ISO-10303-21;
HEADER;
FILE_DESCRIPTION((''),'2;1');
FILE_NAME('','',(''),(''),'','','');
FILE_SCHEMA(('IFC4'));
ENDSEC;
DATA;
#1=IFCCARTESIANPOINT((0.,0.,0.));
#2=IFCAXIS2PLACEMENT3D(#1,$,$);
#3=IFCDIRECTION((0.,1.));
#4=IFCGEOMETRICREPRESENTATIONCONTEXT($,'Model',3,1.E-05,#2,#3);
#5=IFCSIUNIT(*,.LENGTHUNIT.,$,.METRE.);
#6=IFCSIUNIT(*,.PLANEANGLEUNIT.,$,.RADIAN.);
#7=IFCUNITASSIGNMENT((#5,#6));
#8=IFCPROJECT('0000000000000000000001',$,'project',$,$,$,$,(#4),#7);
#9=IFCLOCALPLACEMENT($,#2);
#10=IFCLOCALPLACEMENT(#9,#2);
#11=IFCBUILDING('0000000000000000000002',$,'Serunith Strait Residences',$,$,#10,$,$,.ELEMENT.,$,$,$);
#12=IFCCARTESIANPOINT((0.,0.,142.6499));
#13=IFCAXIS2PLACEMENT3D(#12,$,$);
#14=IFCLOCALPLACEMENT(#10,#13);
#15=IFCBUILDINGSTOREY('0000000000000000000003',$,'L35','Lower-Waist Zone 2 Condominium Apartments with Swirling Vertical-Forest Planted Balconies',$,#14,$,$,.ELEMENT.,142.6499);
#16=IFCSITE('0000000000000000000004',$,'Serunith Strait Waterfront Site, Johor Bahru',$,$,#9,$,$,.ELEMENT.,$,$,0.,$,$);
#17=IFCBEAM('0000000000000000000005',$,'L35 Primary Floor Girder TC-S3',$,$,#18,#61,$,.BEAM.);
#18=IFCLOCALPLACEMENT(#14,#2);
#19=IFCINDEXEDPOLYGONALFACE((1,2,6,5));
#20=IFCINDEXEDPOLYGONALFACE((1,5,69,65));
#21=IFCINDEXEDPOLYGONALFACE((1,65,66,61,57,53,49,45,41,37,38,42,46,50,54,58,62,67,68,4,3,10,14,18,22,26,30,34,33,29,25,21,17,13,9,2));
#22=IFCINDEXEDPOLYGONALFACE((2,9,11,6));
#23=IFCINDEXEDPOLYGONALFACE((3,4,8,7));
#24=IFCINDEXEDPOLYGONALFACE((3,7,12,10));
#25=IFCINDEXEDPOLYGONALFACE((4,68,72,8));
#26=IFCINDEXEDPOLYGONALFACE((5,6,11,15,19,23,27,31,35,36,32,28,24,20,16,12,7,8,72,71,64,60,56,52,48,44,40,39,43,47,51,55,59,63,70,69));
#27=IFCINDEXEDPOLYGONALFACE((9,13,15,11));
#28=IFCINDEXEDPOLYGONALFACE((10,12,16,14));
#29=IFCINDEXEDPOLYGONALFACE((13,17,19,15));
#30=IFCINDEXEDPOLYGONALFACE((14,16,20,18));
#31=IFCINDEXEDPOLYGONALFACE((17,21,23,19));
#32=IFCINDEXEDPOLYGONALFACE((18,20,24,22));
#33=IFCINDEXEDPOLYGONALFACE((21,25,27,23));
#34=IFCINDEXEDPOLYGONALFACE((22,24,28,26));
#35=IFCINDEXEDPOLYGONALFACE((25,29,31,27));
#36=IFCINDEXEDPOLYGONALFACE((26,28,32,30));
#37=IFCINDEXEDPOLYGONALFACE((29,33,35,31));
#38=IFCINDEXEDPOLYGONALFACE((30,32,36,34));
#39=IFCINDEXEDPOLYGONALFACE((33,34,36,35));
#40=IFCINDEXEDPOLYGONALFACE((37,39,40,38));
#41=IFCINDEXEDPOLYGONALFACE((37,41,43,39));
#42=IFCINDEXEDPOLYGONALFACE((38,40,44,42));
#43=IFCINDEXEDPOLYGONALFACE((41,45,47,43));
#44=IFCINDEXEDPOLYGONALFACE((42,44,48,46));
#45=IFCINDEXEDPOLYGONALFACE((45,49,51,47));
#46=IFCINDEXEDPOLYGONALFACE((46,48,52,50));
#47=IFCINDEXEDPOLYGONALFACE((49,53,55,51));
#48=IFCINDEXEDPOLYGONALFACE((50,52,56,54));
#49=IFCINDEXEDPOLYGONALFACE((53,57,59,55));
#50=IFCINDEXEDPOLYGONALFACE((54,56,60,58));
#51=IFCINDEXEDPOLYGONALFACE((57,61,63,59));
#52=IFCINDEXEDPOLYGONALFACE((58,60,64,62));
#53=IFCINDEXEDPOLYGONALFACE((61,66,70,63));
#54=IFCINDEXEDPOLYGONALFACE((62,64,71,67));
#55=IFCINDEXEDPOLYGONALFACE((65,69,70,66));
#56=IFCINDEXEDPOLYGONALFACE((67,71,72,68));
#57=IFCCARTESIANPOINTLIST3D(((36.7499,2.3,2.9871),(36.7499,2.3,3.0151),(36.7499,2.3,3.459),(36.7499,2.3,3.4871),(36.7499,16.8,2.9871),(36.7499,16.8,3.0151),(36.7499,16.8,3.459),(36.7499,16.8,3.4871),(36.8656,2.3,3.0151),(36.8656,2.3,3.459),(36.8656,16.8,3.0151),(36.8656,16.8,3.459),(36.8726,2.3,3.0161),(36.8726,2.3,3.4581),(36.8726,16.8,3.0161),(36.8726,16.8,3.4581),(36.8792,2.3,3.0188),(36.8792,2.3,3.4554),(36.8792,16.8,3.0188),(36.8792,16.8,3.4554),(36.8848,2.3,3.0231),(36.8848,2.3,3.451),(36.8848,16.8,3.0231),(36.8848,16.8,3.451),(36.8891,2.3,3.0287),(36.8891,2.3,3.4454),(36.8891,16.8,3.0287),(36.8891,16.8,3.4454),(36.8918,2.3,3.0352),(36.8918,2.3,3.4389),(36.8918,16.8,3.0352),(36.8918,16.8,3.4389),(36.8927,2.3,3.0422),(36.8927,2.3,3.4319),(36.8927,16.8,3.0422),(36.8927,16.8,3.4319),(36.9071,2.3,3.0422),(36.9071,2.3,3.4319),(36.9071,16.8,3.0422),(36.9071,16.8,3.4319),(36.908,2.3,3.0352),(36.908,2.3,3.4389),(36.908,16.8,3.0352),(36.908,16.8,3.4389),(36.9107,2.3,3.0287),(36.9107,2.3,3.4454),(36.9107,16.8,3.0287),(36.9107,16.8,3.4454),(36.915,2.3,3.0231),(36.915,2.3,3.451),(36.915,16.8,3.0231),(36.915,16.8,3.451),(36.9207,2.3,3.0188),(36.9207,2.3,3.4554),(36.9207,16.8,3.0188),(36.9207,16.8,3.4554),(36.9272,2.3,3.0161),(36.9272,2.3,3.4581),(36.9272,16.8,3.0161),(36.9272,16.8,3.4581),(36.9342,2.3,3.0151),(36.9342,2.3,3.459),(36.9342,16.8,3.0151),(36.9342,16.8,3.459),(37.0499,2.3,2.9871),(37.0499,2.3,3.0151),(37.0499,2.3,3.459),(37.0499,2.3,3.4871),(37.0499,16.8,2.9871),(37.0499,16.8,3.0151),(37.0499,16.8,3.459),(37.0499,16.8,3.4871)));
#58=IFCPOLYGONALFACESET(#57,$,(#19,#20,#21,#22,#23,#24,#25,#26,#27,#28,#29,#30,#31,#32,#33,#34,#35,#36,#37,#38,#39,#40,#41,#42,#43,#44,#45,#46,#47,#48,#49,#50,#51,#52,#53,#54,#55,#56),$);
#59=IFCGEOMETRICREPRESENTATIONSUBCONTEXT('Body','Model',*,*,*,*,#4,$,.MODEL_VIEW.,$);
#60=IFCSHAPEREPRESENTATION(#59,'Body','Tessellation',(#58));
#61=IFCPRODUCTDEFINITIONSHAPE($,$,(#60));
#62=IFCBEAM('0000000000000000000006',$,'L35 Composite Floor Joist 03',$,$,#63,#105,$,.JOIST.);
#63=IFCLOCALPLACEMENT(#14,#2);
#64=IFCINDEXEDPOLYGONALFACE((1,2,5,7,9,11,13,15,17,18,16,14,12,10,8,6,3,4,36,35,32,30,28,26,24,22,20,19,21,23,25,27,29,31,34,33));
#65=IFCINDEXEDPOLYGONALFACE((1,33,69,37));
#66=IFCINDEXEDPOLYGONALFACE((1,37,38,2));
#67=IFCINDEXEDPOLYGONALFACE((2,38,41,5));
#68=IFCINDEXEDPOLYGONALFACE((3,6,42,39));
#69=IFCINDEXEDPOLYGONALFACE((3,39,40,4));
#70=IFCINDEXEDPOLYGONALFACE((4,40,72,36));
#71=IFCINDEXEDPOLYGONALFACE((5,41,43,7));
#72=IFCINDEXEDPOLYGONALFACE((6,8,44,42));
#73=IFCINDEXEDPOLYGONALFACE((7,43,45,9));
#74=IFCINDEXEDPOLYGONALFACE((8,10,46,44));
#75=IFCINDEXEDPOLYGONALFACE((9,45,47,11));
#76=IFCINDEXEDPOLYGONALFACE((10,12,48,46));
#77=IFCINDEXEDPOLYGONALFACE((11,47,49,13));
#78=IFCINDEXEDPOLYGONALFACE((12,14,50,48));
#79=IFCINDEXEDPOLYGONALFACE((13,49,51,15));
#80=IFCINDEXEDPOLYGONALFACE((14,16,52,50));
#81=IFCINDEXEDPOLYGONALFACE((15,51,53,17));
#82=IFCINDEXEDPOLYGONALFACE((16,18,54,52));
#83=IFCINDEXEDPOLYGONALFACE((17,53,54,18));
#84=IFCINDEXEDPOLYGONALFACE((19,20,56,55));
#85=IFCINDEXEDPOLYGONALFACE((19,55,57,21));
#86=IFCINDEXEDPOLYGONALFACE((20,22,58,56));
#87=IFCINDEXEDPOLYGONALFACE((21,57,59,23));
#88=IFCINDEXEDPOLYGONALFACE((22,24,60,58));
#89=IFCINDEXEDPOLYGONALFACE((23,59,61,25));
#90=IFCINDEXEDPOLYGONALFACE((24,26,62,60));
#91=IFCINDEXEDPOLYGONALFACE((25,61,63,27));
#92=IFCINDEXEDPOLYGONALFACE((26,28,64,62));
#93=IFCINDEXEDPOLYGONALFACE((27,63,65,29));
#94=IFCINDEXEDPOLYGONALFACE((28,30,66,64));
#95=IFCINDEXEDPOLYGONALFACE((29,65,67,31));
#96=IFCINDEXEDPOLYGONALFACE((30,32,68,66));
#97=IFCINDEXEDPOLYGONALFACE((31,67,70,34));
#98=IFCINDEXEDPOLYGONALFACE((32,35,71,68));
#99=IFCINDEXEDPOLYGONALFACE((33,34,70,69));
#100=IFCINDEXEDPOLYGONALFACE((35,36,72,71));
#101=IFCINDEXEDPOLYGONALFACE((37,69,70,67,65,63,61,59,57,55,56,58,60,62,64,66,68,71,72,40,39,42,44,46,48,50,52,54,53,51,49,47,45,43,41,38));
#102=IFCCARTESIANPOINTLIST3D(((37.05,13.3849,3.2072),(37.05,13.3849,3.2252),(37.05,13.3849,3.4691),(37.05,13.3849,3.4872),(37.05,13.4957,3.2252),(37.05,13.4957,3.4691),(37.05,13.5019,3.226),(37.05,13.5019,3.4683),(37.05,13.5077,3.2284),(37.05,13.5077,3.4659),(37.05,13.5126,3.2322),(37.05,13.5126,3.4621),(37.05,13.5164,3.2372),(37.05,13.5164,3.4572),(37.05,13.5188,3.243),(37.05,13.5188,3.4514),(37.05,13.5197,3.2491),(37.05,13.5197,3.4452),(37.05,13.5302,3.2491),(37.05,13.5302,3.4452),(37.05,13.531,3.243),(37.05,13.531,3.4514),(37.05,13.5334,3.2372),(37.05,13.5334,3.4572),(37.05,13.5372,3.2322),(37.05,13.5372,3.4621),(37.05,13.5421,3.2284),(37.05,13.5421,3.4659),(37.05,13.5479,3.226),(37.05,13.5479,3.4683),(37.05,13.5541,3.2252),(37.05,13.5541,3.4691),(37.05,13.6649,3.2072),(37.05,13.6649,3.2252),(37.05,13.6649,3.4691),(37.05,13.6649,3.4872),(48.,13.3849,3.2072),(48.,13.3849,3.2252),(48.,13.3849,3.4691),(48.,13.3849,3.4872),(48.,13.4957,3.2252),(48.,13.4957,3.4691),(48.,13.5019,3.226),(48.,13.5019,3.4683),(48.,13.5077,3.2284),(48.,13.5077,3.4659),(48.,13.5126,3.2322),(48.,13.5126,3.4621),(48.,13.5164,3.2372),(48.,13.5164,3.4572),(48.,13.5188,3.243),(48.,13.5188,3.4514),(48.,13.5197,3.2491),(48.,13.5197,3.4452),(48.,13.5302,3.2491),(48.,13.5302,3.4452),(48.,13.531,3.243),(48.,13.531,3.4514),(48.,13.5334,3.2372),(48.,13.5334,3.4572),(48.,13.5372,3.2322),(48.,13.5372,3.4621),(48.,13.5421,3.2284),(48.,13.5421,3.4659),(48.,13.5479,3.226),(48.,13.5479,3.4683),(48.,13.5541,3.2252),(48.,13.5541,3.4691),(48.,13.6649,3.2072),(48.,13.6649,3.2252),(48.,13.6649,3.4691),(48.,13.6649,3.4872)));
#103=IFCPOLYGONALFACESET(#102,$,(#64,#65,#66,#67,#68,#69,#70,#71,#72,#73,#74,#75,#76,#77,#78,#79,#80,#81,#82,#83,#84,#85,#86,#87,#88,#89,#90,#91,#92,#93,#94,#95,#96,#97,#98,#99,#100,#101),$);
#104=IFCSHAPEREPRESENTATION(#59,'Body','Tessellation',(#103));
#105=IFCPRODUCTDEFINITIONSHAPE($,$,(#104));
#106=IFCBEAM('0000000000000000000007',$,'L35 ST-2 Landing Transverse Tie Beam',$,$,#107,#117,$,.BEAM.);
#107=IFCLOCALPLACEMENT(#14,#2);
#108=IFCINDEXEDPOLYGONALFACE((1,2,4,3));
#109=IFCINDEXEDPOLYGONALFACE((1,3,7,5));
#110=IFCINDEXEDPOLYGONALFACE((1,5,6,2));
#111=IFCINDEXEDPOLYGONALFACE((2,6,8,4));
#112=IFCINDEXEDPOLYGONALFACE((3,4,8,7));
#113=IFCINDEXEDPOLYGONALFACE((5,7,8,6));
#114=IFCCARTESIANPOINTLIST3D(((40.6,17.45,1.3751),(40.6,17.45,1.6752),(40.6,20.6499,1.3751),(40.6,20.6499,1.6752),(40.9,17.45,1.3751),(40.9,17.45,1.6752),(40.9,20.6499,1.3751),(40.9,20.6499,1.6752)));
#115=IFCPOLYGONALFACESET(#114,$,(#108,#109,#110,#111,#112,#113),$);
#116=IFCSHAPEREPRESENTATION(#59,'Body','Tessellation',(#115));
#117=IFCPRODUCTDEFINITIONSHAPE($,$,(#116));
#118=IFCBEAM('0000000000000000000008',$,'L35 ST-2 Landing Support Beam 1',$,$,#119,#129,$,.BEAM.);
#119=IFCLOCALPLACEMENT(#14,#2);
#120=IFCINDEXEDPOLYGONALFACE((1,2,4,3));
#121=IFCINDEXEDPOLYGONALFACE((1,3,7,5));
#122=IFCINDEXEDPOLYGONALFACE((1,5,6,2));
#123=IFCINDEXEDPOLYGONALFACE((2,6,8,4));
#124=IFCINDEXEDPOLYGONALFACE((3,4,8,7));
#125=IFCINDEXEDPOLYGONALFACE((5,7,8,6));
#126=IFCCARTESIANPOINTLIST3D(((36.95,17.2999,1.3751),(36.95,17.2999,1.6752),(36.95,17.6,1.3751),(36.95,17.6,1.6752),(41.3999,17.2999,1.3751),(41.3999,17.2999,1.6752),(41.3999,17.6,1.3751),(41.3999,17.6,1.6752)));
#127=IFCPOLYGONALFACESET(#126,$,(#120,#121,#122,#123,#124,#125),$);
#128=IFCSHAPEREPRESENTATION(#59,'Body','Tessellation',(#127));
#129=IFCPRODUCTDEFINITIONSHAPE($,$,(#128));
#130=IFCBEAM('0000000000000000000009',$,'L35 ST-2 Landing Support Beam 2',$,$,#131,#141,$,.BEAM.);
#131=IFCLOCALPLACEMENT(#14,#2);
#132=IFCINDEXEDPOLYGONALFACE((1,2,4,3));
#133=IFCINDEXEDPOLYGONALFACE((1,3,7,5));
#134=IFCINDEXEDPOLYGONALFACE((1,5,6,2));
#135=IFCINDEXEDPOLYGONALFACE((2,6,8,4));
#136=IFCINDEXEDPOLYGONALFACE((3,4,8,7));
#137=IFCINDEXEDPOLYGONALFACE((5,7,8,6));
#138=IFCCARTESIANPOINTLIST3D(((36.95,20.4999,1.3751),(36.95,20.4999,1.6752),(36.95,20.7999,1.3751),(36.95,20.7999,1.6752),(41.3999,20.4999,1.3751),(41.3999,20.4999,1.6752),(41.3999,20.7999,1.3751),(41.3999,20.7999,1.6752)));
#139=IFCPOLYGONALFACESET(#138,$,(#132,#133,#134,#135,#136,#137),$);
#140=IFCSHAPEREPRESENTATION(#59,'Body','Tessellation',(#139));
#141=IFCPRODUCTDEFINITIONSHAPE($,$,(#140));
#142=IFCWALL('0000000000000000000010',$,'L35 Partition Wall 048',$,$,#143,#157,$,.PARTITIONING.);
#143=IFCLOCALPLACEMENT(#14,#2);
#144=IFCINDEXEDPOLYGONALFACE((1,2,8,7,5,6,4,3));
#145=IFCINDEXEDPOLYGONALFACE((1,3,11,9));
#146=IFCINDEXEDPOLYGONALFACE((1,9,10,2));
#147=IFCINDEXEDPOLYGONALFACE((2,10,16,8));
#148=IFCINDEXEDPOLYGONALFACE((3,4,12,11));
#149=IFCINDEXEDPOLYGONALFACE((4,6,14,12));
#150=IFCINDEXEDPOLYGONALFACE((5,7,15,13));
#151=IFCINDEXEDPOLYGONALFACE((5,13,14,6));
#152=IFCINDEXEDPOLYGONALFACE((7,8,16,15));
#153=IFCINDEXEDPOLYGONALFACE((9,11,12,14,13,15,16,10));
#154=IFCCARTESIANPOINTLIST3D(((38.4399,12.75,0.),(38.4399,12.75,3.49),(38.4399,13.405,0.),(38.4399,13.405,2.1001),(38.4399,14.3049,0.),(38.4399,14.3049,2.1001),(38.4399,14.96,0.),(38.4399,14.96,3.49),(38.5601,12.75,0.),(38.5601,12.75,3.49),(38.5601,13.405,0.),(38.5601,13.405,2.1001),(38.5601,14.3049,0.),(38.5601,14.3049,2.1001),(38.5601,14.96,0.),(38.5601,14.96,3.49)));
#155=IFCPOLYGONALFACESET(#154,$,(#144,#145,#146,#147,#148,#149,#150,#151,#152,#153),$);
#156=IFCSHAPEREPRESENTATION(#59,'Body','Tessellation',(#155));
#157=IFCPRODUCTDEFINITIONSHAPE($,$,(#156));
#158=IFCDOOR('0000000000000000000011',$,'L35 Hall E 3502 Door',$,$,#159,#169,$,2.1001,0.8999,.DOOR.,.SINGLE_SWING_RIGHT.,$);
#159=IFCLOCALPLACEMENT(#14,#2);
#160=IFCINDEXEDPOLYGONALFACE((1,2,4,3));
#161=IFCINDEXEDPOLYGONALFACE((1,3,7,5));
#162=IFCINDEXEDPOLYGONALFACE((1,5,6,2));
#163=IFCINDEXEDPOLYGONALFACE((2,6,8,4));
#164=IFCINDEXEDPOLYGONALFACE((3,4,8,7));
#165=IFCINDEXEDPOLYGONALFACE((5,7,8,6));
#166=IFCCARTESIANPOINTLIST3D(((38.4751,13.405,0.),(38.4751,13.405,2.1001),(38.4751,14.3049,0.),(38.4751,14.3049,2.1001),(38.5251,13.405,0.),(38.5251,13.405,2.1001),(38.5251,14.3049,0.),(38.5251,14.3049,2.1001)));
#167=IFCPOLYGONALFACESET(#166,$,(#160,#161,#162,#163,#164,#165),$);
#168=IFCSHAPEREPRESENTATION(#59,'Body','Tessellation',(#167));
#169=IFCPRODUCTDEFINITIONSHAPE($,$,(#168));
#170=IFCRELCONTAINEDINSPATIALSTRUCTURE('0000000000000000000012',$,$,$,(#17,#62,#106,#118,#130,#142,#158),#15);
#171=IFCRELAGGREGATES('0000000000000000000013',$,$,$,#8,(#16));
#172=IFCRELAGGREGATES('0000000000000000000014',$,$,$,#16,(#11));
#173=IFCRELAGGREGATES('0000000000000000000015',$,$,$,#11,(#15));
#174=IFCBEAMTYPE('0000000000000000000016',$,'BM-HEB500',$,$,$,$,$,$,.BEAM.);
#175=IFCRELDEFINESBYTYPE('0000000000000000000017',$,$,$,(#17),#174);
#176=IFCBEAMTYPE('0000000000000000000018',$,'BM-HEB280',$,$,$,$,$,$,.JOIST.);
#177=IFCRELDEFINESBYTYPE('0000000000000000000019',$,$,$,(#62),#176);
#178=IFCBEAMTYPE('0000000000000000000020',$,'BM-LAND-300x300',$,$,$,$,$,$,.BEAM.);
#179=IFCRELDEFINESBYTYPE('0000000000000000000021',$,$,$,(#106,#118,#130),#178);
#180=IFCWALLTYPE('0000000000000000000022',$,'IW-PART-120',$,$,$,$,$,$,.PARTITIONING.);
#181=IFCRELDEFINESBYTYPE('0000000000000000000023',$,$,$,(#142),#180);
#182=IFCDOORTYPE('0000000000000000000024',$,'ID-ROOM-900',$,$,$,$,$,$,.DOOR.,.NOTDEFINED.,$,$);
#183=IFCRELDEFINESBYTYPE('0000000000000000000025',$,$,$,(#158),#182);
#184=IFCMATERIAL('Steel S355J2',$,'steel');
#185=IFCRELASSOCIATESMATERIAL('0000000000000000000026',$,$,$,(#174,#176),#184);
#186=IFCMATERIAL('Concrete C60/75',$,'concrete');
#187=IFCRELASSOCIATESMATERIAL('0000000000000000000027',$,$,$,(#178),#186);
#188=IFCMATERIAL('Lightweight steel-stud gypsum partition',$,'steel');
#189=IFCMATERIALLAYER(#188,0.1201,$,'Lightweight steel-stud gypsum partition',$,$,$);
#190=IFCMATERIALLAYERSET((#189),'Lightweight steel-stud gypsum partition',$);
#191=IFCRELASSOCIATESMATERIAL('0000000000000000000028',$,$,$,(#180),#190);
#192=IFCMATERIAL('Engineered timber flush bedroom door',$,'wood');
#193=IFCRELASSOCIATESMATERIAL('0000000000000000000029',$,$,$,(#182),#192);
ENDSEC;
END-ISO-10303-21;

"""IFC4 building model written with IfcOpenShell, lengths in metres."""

from ifc_helpers import new_model, si_unit, direction, frame, frame_2d, origin, origin_2d, place, context, subcontext, project, spatial, rectangle, i_section, extrude, source, transform, mapped, material, layer, layer_set, material_profile, profile_set, type_object, element, fill, save


model = new_model("IFC4")

# Units and contexts
model_context = context("Model", 3, precision=1e-05, world=origin(), true_north=direction((0.0, 1.0)))
body_context = subcontext(model_context, "Body", "Model", "MODEL_VIEW")
ifc_project = project(units=[si_unit("LENGTHUNIT", "METRE"), si_unit("PLANEANGLEUNIT", "RADIAN")], contexts=[model_context])

# Site, building, storey
site_placement = place(None, origin())
site = spatial("IfcSite", under=ifc_project, at=site_placement, Name="Serunith Strait Waterfront Site, Johor Bahru", CompositionType="ELEMENT", RefElevation=0.0)
building_placement = place(site_placement, origin())
building = spatial("IfcBuilding", under=site, at=building_placement, Name="Serunith Strait Residences", CompositionType="ELEMENT")
storey_placement = place(building_placement, frame((0.0, 0.0, 142.6499)))
storey = spatial("IfcBuildingStorey", under=building, at=storey_placement, Name="L35", Description="Lower-Waist Zone 2 Condominium Apartments with Swirling Vertical-Forest Planted Balconies", CompositionType="ELEMENT", Elevation=142.6499)

# Beams
ifc_material_1 = material(Name="Steel S355J2", Category="steel")
ifc_material_profile_1 = material_profile(ifc_material_1, i_section(OverallWidth=0.3, OverallDepth=0.5, WebThickness=0.0144, FlangeThickness=0.0281, FilletRadius=0.0271, at=origin_2d()), Name="HEB 500")
ifc_profile_set_1 = profile_set([ifc_material_profile_1], Name="Steel S355J2")
beam_type_1 = type_object("IfcBeamType", Name="BM-HEB500", PredefinedType="BEAM", material=ifc_profile_set_1)
shared_shape_1 = source(origin(), body_context, "Body", "SweptSolid", [
    extrude(i_section(OverallWidth=0.3, OverallDepth=0.5, WebThickness=0.0144, FlangeThickness=0.0281, FilletRadius=0.0271, at=origin_2d()), origin(), (0.0, 0.0, 1.0), 14.5),
])
beam_1_placement = place(storey_placement, frame((36.8999, 16.8, 3.2371), z_axis=(0.0, -1.0, 0.0), x_axis=(1.0, 0.0, 0.0)))
element("IfcBeam", 1, at=beam_1_placement, inside=storey, type_object=beam_type_1, Name="L35 Primary Floor Girder TC-S3", PredefinedType="BEAM", context=body_context, shape_type="MappedRepresentation", body=[
    mapped(shared_shape_1, transform((0.0, 0.0, 0.0), scale=1.0)),
])
ifc_material_profile_2 = material_profile(ifc_material_1, i_section(OverallWidth=0.28, OverallDepth=0.28, WebThickness=0.0105, FlangeThickness=0.0181, FilletRadius=0.0239, at=origin_2d()), Name="HEB 280")
ifc_profile_set_2 = profile_set([ifc_material_profile_2], Name="Steel S355J2")
beam_type_2 = type_object("IfcBeamType", Name="BM-HEB280", PredefinedType="JOIST", material=ifc_profile_set_2)
shared_shape_2 = source(origin(), body_context, "Body", "SweptSolid", [
    extrude(i_section(OverallWidth=0.28, OverallDepth=0.28, WebThickness=0.0105, FlangeThickness=0.0181, FilletRadius=0.0239, at=origin_2d()), origin(), (0.0, 0.0, 1.0), 10.95),
])
beam_2_placement = place(storey_placement, frame((37.05, 13.5249, 3.3472), z_axis=(1.0, 0.0, 0.0), x_axis=(0.0, 1.0, 0.0)))
element("IfcBeam", 2, at=beam_2_placement, inside=storey, type_object=beam_type_2, Name="L35 Composite Floor Joist 03", PredefinedType="JOIST", context=body_context, shape_type="MappedRepresentation", body=[
    mapped(shared_shape_2, transform((0.0, 0.0, 0.0), scale=1.0)),
])
ifc_material_2 = material(Name="Concrete C60/75", Category="concrete")
ifc_material_profile_3 = material_profile(ifc_material_2, rectangle(XDim=0.3, YDim=0.3, at=origin_2d()), Name="RC 300x300")
ifc_profile_set_3 = profile_set([ifc_material_profile_3], Name="Concrete C60/75")
beam_type_3 = type_object("IfcBeamType", Name="BM-LAND-300x300", PredefinedType="BEAM", material=ifc_profile_set_3)
shared_shape_3 = source(origin(), body_context, "Body", "SweptSolid", [
    extrude(rectangle(XDim=0.3, YDim=0.3, at=origin_2d()), origin(), (0.0, 0.0, 1.0), 3.2),
])
beam_3_placement = place(storey_placement, frame((40.75, 17.45, 1.5251), z_axis=(0.0, 1.0, 0.0), x_axis=(-1.0, 0.0, 0.0)))
element("IfcBeam", 3, at=beam_3_placement, inside=storey, type_object=beam_type_3, Name="L35 ST-2 Landing Transverse Tie Beam", PredefinedType="BEAM", context=body_context, shape_type="MappedRepresentation", body=[
    mapped(shared_shape_3, transform((0.0, 0.0, 0.0), scale=1.0)),
])
shared_shape_4 = source(origin(), body_context, "Body", "SweptSolid", [
    extrude(rectangle(XDim=0.3, YDim=0.3, at=origin_2d()), origin(), (0.0, 0.0, 1.0), 4.45),
])
for number, where, z_axis, x_axis, name in (
    (4, (36.95, 17.45, 1.5251), (1.0, 0.0, 0.0), (0.0, 1.0, 0.0), "L35 ST-2 Landing Support Beam 1"),
    (5, (36.95, 20.6499, 1.5251), (1.0, 0.0, 0.0), (0.0, 1.0, 0.0), "L35 ST-2 Landing Support Beam 2"),
):
    element("IfcBeam", number, at=place(storey_placement, frame(where, z_axis=z_axis, x_axis=x_axis)), inside=storey, type_object=beam_type_3, Name=name, PredefinedType="BEAM", context=body_context, shape_type="MappedRepresentation", body=[
        mapped(shared_shape_4, transform((0.0, 0.0, 0.0), scale=1.0)),
    ])

# Wall, opening, door
ifc_material_3 = material(Name="Lightweight steel-stud gypsum partition", Category="steel")
ifc_layer_1 = layer(ifc_material_3, 0.1201, Name="Lightweight steel-stud gypsum partition")
ifc_layer_set_1 = layer_set([ifc_layer_1], Name="Lightweight steel-stud gypsum partition")
wall_type_1 = type_object("IfcWallType", Name="IW-PART-120", PredefinedType="PARTITIONING", material=ifc_layer_set_1)
wall_1_placement = place(storey_placement, frame((38.5, 12.75, 0.0), z_axis=(0.0, 0.0, 1.0), x_axis=(0.0, 1.0, 0.0)))
wall_1 = element("IfcWall", 6, at=wall_1_placement, inside=storey, type_object=wall_type_1, Name="L35 Partition Wall 048", PredefinedType="PARTITIONING", context=body_context, shape_type="SweptSolid", body=[
    extrude(rectangle(XDim=2.21, YDim=0.1201, at=frame_2d((1.105, 0.0))), origin(), (0.0, 0.0, 1.0), 3.49),
])
opening_1_placement = place(wall_1_placement, frame((0.655, 0.0, 0.0)))
opening_1 = element("IfcOpeningElement", 7, at=opening_1_placement, cuts=wall_1, PredefinedType="OPENING", context=body_context, shape_type="SweptSolid", body=[
    extrude(rectangle(XDim=0.8999, YDim=2.1001, at=frame_2d((0.45, 1.05))), frame((0.0, 0.0701, 0.0), z_axis=(0.0, -1.0, 0.0), x_axis=(1.0, 0.0, 0.0)), (0.0, 0.0, 1.0), 0.1401),
])
ifc_material_4 = material(Name="Engineered timber flush bedroom door", Category="wood")
door_type_1 = type_object("IfcDoorType", Name="ID-ROOM-900", OperationType="NOTDEFINED", PredefinedType="DOOR", material=ifc_material_4)
shared_shape_5 = source(origin(), body_context, "Body", "SweptSolid", [
    extrude(rectangle(XDim=0.8999, YDim=2.1001, at=frame_2d((0.45, 1.05))), frame((0.0, 0.0249, 0.0), z_axis=(0.0, -1.0, 0.0), x_axis=(1.0, 0.0, 0.0)), (0.0, 0.0, 1.0), 0.05),
])
door_1_placement = place(opening_1_placement, origin())
door_1 = element("IfcDoor", 8, at=door_1_placement, inside=storey, type_object=door_type_1, Name="L35 Hall E 3502 Door", OperationType="SINGLE_SWING_RIGHT", OverallHeight=2.1001, OverallWidth=0.8999, PredefinedType="DOOR", context=body_context, shape_type="MappedRepresentation", body=[
    mapped(shared_shape_5, transform((0.0, 0.0, 0.0), scale=1.0)),
])
fill(opening_1, door_1)

save(model, "model.ifc")
